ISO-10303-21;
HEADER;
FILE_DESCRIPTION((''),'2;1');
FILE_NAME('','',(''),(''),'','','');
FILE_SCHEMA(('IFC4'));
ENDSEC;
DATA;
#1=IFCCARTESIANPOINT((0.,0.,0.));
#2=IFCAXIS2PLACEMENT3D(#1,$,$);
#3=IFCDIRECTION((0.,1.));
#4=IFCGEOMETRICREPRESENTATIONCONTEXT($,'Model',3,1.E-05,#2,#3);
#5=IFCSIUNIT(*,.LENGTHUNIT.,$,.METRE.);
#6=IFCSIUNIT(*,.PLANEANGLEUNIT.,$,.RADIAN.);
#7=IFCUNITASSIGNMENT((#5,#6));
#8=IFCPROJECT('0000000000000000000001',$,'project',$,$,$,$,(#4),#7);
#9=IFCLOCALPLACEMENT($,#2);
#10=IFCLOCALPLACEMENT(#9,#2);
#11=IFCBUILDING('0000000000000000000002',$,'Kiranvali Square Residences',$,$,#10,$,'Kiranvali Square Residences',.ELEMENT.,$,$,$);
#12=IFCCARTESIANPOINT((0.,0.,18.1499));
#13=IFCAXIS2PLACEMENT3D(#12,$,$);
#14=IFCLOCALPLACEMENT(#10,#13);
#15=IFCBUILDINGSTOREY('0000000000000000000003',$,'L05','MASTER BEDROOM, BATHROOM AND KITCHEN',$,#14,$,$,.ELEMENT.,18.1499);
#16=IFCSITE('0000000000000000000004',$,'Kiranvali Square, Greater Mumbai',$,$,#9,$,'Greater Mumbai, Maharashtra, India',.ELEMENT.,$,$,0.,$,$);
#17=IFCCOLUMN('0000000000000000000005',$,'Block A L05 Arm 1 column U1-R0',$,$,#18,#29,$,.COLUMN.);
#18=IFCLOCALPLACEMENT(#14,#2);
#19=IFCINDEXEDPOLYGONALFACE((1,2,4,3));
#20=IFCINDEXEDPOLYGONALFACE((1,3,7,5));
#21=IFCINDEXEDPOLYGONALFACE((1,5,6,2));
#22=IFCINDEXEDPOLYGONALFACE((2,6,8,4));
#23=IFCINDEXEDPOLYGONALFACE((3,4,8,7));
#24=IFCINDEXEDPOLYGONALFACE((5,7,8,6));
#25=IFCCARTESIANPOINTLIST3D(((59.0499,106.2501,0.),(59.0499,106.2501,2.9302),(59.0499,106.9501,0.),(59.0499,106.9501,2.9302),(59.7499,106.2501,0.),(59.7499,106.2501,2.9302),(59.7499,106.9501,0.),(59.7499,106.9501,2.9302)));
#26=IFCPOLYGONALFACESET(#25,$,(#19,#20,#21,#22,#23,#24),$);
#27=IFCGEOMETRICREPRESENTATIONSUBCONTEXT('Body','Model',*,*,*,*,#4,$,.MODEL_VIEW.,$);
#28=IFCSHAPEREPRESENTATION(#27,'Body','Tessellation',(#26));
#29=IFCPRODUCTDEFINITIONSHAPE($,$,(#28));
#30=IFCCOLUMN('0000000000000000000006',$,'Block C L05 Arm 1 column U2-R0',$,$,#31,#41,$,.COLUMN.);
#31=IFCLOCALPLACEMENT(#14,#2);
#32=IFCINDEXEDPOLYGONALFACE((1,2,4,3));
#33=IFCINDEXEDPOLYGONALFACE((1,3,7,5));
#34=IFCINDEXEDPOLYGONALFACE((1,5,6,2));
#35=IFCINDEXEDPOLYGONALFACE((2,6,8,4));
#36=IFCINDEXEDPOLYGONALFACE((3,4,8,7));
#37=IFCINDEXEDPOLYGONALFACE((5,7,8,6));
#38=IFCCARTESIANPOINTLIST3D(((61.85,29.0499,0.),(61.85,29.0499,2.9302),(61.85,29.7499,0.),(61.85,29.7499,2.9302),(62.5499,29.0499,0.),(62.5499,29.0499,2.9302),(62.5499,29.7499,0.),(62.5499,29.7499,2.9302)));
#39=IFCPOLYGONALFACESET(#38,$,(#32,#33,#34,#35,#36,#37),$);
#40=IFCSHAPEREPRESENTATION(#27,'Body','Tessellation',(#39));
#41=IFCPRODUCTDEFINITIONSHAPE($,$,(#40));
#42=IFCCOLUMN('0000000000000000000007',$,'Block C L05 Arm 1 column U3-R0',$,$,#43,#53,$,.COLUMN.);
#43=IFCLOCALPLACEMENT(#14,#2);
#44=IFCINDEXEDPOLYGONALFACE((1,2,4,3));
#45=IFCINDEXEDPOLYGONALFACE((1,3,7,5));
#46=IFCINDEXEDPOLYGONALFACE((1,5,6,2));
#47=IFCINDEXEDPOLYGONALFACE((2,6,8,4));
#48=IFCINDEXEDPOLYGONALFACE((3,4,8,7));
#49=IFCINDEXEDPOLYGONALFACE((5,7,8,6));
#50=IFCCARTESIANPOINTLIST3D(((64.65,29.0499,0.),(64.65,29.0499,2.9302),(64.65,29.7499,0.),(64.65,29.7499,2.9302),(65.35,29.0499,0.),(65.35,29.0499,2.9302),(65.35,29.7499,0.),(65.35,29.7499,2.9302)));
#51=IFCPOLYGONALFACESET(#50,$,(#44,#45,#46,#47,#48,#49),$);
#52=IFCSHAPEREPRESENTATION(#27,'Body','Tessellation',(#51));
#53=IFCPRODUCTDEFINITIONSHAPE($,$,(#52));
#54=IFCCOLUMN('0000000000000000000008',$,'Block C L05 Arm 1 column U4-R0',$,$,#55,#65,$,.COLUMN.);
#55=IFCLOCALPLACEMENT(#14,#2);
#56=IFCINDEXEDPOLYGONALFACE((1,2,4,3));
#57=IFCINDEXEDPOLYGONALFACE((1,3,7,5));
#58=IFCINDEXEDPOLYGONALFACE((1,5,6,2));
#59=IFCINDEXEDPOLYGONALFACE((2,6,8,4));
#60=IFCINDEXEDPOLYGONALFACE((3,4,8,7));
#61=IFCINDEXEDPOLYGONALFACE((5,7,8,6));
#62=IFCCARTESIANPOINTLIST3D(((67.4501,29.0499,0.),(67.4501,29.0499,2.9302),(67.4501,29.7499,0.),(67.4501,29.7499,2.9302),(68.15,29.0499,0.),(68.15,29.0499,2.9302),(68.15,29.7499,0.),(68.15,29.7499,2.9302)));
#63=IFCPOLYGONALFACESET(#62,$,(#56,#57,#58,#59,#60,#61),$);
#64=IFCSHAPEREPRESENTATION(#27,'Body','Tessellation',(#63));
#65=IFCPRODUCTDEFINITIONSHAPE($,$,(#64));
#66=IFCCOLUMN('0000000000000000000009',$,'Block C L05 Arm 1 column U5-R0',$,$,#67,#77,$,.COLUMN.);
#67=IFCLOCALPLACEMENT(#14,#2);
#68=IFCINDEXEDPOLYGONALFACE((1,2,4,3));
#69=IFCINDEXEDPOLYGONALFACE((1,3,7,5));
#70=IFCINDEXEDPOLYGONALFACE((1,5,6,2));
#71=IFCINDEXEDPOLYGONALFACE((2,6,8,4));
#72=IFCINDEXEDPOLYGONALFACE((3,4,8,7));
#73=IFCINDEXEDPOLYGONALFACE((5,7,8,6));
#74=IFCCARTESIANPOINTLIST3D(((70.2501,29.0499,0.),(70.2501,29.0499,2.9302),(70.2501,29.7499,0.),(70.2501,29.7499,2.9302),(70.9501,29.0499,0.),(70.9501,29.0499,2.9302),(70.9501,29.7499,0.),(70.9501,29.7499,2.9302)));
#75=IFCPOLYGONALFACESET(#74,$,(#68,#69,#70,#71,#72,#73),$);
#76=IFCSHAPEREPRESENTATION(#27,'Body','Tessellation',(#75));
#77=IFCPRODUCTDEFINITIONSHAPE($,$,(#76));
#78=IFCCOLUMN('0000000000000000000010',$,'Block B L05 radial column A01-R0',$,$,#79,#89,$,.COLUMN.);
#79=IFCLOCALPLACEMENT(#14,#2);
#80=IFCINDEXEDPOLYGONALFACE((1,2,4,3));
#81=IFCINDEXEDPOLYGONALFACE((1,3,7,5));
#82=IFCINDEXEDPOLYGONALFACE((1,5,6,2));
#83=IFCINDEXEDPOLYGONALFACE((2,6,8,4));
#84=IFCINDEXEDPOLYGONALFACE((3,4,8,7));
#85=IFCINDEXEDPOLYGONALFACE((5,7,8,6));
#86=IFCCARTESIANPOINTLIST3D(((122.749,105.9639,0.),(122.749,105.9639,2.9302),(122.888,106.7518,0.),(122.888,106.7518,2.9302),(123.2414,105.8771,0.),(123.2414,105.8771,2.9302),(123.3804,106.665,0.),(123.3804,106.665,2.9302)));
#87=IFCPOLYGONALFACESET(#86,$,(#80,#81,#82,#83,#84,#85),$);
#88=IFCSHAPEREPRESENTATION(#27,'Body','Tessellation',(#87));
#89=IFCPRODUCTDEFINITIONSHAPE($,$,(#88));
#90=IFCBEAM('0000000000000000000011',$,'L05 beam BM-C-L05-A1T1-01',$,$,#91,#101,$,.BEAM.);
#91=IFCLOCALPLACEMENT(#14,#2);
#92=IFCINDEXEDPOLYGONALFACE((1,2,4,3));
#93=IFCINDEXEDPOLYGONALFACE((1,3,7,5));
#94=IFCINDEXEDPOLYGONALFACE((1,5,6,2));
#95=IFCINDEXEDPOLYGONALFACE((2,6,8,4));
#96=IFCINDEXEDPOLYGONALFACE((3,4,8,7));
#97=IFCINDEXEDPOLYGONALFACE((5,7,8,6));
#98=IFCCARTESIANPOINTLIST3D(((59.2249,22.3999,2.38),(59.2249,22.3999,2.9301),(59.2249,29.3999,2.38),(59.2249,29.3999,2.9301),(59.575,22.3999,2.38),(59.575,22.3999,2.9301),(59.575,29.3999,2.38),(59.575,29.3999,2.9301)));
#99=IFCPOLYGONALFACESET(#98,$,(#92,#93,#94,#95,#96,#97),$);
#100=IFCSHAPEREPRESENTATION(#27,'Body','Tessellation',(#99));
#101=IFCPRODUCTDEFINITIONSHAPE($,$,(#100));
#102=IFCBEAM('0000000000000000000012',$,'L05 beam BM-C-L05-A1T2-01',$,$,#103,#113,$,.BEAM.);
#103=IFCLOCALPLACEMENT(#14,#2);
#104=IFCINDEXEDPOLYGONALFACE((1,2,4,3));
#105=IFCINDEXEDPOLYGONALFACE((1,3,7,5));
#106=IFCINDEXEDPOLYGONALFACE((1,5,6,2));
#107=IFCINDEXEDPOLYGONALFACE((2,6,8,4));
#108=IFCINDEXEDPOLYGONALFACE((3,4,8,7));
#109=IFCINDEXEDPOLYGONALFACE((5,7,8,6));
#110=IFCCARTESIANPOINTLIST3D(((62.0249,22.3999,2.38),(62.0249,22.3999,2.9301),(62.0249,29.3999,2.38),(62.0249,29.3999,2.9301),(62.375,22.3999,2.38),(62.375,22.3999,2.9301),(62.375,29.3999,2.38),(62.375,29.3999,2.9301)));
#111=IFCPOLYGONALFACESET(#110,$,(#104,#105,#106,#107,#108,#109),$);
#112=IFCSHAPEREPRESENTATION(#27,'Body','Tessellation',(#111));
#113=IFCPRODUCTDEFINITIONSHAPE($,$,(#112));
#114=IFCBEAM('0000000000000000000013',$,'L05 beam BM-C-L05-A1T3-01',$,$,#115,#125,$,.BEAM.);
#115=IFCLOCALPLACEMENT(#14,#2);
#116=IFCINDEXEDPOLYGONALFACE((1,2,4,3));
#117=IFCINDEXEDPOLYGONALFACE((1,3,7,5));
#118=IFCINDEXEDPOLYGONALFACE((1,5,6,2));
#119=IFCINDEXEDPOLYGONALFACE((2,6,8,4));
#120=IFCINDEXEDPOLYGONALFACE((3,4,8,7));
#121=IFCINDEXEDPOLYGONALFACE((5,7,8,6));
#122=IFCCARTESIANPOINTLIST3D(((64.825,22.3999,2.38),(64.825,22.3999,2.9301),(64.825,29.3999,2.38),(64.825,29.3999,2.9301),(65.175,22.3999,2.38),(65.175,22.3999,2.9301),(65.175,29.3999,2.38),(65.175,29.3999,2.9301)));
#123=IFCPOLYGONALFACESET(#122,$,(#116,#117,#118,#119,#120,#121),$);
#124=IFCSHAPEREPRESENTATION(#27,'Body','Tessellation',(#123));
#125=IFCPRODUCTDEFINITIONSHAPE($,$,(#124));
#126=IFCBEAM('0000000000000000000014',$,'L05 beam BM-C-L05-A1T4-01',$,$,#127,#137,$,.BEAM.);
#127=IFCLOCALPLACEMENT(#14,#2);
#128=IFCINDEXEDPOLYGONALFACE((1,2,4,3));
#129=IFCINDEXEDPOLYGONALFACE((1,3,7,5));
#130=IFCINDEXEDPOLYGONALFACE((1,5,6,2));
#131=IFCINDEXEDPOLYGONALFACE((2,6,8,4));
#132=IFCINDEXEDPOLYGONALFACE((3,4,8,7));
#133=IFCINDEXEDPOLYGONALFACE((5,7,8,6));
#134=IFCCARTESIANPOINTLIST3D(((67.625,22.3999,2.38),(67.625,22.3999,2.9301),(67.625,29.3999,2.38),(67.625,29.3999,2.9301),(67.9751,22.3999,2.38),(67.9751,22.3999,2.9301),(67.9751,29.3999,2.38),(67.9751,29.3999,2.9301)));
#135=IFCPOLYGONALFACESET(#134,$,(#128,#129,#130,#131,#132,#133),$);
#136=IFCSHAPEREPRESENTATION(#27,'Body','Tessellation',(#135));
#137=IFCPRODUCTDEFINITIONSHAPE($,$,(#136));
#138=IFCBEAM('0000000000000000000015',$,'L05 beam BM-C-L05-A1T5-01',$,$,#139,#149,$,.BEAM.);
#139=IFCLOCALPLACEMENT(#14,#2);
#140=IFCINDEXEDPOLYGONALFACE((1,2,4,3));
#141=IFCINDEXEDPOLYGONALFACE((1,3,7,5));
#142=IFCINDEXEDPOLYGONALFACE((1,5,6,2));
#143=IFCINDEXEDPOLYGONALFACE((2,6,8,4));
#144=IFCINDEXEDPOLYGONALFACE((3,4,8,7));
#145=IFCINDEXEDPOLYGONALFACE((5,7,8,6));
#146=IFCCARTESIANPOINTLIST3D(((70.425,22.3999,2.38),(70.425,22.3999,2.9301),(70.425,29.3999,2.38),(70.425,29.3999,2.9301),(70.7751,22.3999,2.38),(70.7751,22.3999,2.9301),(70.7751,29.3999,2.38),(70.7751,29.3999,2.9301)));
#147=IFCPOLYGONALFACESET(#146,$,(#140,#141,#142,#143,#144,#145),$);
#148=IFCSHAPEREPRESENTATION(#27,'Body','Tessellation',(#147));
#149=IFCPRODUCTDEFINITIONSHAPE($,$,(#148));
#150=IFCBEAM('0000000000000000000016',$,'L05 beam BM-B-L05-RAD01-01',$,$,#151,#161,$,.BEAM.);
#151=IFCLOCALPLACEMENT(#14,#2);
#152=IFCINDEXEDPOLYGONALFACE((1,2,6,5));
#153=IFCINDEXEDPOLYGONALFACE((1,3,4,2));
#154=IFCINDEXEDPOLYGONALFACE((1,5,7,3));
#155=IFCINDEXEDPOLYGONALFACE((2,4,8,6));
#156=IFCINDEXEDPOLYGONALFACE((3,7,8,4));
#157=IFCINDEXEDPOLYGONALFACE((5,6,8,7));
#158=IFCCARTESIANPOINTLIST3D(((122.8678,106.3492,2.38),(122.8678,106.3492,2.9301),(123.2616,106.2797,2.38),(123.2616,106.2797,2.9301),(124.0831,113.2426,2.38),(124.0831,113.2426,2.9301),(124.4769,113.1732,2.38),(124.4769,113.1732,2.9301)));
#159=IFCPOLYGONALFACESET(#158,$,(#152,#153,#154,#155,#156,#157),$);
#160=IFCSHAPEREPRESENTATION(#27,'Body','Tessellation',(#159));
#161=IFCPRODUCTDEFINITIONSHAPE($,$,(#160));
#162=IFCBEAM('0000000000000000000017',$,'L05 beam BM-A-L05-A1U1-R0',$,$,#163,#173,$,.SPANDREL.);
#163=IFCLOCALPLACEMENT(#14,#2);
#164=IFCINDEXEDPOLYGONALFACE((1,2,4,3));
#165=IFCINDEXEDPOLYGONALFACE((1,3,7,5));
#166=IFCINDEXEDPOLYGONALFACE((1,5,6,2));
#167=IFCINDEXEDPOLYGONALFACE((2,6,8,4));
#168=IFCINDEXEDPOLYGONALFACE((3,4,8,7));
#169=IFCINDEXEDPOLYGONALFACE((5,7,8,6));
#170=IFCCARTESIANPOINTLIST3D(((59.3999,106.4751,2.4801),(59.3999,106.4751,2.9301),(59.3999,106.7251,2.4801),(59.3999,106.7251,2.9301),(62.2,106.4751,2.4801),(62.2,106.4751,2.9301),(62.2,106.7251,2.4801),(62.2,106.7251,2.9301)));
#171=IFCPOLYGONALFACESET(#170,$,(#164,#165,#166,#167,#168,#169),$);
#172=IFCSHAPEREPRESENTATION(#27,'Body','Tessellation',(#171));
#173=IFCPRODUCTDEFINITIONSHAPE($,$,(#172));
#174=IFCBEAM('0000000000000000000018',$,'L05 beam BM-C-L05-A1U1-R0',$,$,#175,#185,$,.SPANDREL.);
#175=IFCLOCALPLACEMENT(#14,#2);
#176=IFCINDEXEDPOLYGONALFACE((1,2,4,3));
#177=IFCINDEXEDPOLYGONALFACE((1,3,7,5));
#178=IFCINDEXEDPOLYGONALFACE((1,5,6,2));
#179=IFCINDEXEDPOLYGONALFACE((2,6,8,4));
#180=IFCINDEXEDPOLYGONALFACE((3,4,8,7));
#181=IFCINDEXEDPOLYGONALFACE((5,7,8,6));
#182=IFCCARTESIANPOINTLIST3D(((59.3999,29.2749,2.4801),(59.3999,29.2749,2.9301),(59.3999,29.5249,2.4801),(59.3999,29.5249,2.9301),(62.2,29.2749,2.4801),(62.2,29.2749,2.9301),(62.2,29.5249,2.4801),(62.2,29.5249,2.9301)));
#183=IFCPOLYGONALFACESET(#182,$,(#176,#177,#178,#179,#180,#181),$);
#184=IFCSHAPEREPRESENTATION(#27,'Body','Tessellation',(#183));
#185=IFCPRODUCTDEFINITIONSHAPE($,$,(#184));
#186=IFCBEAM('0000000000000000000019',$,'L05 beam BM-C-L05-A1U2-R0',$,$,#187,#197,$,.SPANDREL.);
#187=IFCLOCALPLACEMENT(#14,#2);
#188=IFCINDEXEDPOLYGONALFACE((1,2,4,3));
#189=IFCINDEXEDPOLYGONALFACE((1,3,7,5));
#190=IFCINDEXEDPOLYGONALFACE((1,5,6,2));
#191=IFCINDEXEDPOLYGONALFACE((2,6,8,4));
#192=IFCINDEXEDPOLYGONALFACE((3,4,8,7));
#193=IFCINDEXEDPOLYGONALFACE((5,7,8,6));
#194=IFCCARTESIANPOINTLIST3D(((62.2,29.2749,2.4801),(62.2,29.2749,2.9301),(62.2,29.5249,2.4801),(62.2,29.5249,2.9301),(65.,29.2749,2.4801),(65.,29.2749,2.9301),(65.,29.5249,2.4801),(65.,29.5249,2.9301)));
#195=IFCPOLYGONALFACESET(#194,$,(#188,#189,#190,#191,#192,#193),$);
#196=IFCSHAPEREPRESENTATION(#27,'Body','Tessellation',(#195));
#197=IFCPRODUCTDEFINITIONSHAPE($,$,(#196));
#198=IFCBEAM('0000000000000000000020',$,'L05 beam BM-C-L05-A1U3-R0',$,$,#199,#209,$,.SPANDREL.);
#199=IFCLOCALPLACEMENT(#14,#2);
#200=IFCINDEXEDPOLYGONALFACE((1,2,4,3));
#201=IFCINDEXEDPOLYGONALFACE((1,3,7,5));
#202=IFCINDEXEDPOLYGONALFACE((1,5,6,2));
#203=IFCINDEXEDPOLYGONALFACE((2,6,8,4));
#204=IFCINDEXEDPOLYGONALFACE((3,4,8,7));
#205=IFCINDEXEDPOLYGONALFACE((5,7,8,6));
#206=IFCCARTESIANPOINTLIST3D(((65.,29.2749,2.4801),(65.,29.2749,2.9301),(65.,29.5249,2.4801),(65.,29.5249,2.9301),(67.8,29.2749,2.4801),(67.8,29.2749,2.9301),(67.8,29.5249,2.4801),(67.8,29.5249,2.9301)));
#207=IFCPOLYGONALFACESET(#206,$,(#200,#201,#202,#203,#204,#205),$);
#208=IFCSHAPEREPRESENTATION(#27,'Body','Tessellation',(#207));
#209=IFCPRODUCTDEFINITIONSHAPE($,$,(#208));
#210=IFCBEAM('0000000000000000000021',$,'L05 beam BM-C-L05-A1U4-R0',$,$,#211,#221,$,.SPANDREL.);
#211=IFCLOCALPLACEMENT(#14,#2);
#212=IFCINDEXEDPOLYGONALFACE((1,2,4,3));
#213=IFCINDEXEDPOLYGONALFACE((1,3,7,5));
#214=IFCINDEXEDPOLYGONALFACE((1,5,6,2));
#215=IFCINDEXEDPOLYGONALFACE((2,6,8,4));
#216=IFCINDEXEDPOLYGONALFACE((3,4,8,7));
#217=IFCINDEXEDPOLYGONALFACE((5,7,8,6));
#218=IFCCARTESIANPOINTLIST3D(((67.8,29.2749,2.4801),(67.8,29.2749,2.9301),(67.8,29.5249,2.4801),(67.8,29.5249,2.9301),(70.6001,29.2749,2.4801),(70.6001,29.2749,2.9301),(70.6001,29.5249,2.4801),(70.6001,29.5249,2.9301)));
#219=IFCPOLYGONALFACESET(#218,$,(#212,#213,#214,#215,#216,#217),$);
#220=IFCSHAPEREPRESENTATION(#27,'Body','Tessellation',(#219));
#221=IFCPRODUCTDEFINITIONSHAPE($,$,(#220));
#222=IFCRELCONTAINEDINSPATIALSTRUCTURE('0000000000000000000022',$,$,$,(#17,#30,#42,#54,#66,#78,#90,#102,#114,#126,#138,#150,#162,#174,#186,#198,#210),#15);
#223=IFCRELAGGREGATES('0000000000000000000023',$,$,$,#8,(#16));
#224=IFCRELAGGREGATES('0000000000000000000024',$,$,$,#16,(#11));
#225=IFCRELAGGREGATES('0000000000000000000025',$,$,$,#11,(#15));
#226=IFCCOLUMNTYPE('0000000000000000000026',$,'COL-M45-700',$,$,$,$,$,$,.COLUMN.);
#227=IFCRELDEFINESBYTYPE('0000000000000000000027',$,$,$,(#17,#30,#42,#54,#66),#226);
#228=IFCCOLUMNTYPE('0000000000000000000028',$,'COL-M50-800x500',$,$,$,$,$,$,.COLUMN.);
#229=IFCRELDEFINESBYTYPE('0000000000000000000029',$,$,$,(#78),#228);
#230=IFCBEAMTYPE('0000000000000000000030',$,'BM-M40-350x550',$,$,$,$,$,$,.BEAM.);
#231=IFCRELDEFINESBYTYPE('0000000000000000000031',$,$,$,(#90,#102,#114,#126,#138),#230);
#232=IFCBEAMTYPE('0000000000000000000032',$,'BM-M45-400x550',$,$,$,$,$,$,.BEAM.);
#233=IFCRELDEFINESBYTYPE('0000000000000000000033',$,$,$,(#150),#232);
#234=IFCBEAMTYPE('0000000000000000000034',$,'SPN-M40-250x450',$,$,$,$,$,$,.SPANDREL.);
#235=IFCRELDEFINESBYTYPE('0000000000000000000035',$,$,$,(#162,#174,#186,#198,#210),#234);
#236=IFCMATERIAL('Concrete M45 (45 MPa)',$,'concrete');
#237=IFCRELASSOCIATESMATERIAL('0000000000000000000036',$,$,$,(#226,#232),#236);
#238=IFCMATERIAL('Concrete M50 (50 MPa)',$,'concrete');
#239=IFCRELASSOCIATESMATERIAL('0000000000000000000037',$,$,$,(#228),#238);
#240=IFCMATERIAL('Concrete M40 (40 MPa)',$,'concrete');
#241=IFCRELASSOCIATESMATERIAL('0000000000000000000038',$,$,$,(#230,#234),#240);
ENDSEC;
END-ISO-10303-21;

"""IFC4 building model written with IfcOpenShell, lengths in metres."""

from ifc_helpers import new_model, si_unit, direction, frame, origin, origin_2d, place, context, subcontext, project, spatial, rectangle, extrude, material, material_profile, profile_set, type_object, element, save


model = new_model("IFC4")

# Units and contexts
model_context = context("Model", 3, precision=1e-05, world=origin(), true_north=direction((0.0, 1.0)))
body_context = subcontext(model_context, "Body", "Model", "MODEL_VIEW")
ifc_project = project(units=[si_unit("LENGTHUNIT", "METRE"), si_unit("PLANEANGLEUNIT", "RADIAN")], contexts=[model_context])

# Site, building, storey
site_placement = place(None, origin())
site = spatial("IfcSite", under=ifc_project, at=site_placement, Name="Kiranvali Square, Greater Mumbai", LongName="Greater Mumbai, Maharashtra, India", CompositionType="ELEMENT", RefElevation=0.0)
building_placement = place(site_placement, origin())
building = spatial("IfcBuilding", under=site, at=building_placement, Name="Kiranvali Square Residences", LongName="Kiranvali Square Residences", CompositionType="ELEMENT")
storey_placement = place(building_placement, frame((0.0, 0.0, 18.1499)))
storey = spatial("IfcBuildingStorey", under=building, at=storey_placement, Name="L05", Description="MASTER BEDROOM, BATHROOM AND KITCHEN", CompositionType="ELEMENT", Elevation=18.1499)

# Columns
ifc_material_1 = material(Name="Concrete M45 (45 MPa)", Category="concrete")
ifc_material_profile_1 = material_profile(ifc_material_1, rectangle(XDim=0.7, YDim=0.7, at=origin_2d()), Name="RC 700x700")
ifc_profile_set_1 = profile_set([ifc_material_profile_1], Name="Concrete M45 (45 MPa)")
column_type_1 = type_object("IfcColumnType", Name="COL-M45-700", PredefinedType="COLUMN", material=ifc_profile_set_1)
for number, where, z_axis, x_axis, name in (
    (1, (59.3999, 106.6001, 0.0), (0.0, 0.0, 1.0), (1.0, 0.0, 0.0), "Block A L05 Arm 1 column U1-R0"),
    (2, (62.2, 29.3999, 0.0), (0.0, 0.0, 1.0), (1.0, 0.0, 0.0), "Block C L05 Arm 1 column U2-R0"),
    (3, (65.0, 29.3999, 0.0), (0.0, 0.0, 1.0), (1.0, 0.0, 0.0), "Block C L05 Arm 1 column U3-R0"),
    (4, (67.8, 29.3999, 0.0), (0.0, 0.0, 1.0), (1.0, 0.0, 0.0), "Block C L05 Arm 1 column U4-R0"),
    (5, (70.6001, 29.3999, 0.0), (0.0, 0.0, 1.0), (1.0, 0.0, 0.0), "Block C L05 Arm 1 column U5-R0"),
):
    element("IfcColumn", number, at=place(storey_placement, frame(where, z_axis=z_axis, x_axis=x_axis)), inside=storey, type_object=column_type_1, Name=name, PredefinedType="COLUMN", context=body_context, shape_type="SweptSolid", body=[
        extrude(rectangle(XDim=0.7, YDim=0.7, at=origin_2d()), origin(), (0.0, 0.0, 1.0), 2.9302),
    ])
ifc_material_2 = material(Name="Concrete M50 (50 MPa)", Category="concrete")
ifc_material_profile_2 = material_profile(ifc_material_2, rectangle(XDim=0.5, YDim=0.8, at=origin_2d()), Name="RC 800x500")
ifc_profile_set_2 = profile_set([ifc_material_profile_2], Name="Concrete M50 (50 MPa)")
column_type_2 = type_object("IfcColumnType", Name="COL-M50-800x500", PredefinedType="COLUMN", material=ifc_profile_set_2)
column_placement = place(storey_placement, frame((123.0647, 106.3145, 0.0), z_axis=(0.0, 0.0, 1.0), x_axis=(-0.984808, 0.173648, 0.0)))
element("IfcColumn", 6, at=column_placement, inside=storey, type_object=column_type_2, Name="Block B L05 radial column A01-R0", PredefinedType="COLUMN", context=body_context, shape_type="SweptSolid", body=[
    extrude(rectangle(XDim=0.5, YDim=0.8, at=origin_2d()), origin(), (0.0, 0.0, 1.0), 2.9302),
])

# Beams
ifc_material_3 = material(Name="Concrete M40 (40 MPa)", Category="concrete")
ifc_material_profile_3 = material_profile(ifc_material_3, rectangle(XDim=0.3501, YDim=0.55, at=origin_2d()), Name="RC 350x550")
ifc_profile_set_3 = profile_set([ifc_material_profile_3], Name="Concrete M40 (40 MPa)")
beam_type_1 = type_object("IfcBeamType", Name="BM-M40-350x550", PredefinedType="BEAM", material=ifc_profile_set_3)
for number, where, z_axis, x_axis, name in (
    (7, (59.3999, 29.3999, 2.655), (0.0, -1.0, 0.0), (1.0, 0.0, 0.0), "L05 beam BM-C-L05-A1T1-01"),
    (8, (62.2, 29.3999, 2.655), (0.0, -1.0, 0.0), (1.0, 0.0, 0.0), "L05 beam BM-C-L05-A1T2-01"),
    (9, (65.0, 29.3999, 2.655), (0.0, -1.0, 0.0), (1.0, 0.0, 0.0), "L05 beam BM-C-L05-A1T3-01"),
    (10, (67.8, 29.3999, 2.655), (0.0, -1.0, 0.0), (1.0, 0.0, 0.0), "L05 beam BM-C-L05-A1T4-01"),
    (11, (70.6001, 29.3999, 2.655), (0.0, -1.0, 0.0), (1.0, 0.0, 0.0), "L05 beam BM-C-L05-A1T5-01"),
):
    element("IfcBeam", number, at=place(storey_placement, frame(where, z_axis=z_axis, x_axis=x_axis)), inside=storey, type_object=beam_type_1, Name=name, PredefinedType="BEAM", context=body_context, shape_type="SweptSolid", body=[
        extrude(rectangle(XDim=0.3501, YDim=0.55, at=origin_2d()), origin(), (0.0, 0.0, 1.0), 7.0),
    ])
ifc_material_profile_4 = material_profile(ifc_material_1, rectangle(XDim=0.3999, YDim=0.55, at=origin_2d()), Name="RC 400x550")
ifc_profile_set_4 = profile_set([ifc_material_profile_4], Name="Concrete M45 (45 MPa)")
beam_type_2 = type_object("IfcBeamType", Name="BM-M45-400x550", PredefinedType="BEAM", material=ifc_profile_set_4)
beam_1_placement = place(storey_placement, frame((123.0647, 106.3145, 2.655), z_axis=(0.173622, 0.984812, 0.0), x_axis=(-0.984812, 0.173622, 0.0)))
element("IfcBeam", 12, at=beam_1_placement, inside=storey, type_object=beam_type_2, Name="L05 beam BM-B-L05-RAD01-01", PredefinedType="BEAM", context=body_context, shape_type="SweptSolid", body=[
    extrude(rectangle(XDim=0.3999, YDim=0.55, at=origin_2d()), origin(), (0.0, 0.0, 1.0), 6.9998),
])
ifc_material_profile_5 = material_profile(ifc_material_3, rectangle(XDim=0.25, YDim=0.45, at=origin_2d()), Name="RC 250x450")
ifc_profile_set_5 = profile_set([ifc_material_profile_5], Name="Concrete M40 (40 MPa)")
beam_type_3 = type_object("IfcBeamType", Name="SPN-M40-250x450", PredefinedType="SPANDREL", material=ifc_profile_set_5)
for number, where, z_axis, x_axis, name in (
    (13, (59.3999, 106.6001, 2.7051), (1.0, 0.0, 0.0), (0.0, 1.0, 0.0), "L05 beam BM-A-L05-A1U1-R0"),
    (14, (59.3999, 29.3999, 2.7051), (1.0, 0.0, 0.0), (0.0, 1.0, 0.0), "L05 beam BM-C-L05-A1U1-R0"),
    (15, (62.2, 29.3999, 2.7051), (1.0, 0.0, 0.0), (0.0, 1.0, 0.0), "L05 beam BM-C-L05-A1U2-R0"),
    (16, (65.0, 29.3999, 2.7051), (1.0, 0.0, 0.0), (0.0, 1.0, 0.0), "L05 beam BM-C-L05-A1U3-R0"),
    (17, (67.8, 29.3999, 2.7051), (1.0, 0.0, 0.0), (0.0, 1.0, 0.0), "L05 beam BM-C-L05-A1U4-R0"),
):
    element("IfcBeam", number, at=place(storey_placement, frame(where, z_axis=z_axis, x_axis=x_axis)), inside=storey, type_object=beam_type_3, Name=name, PredefinedType="SPANDREL", context=body_context, shape_type="SweptSolid", body=[
        extrude(rectangle(XDim=0.25, YDim=0.45, at=origin_2d()), origin(), (0.0, 0.0, 1.0), 2.8),
    ])

save(model, "model.ifc")
